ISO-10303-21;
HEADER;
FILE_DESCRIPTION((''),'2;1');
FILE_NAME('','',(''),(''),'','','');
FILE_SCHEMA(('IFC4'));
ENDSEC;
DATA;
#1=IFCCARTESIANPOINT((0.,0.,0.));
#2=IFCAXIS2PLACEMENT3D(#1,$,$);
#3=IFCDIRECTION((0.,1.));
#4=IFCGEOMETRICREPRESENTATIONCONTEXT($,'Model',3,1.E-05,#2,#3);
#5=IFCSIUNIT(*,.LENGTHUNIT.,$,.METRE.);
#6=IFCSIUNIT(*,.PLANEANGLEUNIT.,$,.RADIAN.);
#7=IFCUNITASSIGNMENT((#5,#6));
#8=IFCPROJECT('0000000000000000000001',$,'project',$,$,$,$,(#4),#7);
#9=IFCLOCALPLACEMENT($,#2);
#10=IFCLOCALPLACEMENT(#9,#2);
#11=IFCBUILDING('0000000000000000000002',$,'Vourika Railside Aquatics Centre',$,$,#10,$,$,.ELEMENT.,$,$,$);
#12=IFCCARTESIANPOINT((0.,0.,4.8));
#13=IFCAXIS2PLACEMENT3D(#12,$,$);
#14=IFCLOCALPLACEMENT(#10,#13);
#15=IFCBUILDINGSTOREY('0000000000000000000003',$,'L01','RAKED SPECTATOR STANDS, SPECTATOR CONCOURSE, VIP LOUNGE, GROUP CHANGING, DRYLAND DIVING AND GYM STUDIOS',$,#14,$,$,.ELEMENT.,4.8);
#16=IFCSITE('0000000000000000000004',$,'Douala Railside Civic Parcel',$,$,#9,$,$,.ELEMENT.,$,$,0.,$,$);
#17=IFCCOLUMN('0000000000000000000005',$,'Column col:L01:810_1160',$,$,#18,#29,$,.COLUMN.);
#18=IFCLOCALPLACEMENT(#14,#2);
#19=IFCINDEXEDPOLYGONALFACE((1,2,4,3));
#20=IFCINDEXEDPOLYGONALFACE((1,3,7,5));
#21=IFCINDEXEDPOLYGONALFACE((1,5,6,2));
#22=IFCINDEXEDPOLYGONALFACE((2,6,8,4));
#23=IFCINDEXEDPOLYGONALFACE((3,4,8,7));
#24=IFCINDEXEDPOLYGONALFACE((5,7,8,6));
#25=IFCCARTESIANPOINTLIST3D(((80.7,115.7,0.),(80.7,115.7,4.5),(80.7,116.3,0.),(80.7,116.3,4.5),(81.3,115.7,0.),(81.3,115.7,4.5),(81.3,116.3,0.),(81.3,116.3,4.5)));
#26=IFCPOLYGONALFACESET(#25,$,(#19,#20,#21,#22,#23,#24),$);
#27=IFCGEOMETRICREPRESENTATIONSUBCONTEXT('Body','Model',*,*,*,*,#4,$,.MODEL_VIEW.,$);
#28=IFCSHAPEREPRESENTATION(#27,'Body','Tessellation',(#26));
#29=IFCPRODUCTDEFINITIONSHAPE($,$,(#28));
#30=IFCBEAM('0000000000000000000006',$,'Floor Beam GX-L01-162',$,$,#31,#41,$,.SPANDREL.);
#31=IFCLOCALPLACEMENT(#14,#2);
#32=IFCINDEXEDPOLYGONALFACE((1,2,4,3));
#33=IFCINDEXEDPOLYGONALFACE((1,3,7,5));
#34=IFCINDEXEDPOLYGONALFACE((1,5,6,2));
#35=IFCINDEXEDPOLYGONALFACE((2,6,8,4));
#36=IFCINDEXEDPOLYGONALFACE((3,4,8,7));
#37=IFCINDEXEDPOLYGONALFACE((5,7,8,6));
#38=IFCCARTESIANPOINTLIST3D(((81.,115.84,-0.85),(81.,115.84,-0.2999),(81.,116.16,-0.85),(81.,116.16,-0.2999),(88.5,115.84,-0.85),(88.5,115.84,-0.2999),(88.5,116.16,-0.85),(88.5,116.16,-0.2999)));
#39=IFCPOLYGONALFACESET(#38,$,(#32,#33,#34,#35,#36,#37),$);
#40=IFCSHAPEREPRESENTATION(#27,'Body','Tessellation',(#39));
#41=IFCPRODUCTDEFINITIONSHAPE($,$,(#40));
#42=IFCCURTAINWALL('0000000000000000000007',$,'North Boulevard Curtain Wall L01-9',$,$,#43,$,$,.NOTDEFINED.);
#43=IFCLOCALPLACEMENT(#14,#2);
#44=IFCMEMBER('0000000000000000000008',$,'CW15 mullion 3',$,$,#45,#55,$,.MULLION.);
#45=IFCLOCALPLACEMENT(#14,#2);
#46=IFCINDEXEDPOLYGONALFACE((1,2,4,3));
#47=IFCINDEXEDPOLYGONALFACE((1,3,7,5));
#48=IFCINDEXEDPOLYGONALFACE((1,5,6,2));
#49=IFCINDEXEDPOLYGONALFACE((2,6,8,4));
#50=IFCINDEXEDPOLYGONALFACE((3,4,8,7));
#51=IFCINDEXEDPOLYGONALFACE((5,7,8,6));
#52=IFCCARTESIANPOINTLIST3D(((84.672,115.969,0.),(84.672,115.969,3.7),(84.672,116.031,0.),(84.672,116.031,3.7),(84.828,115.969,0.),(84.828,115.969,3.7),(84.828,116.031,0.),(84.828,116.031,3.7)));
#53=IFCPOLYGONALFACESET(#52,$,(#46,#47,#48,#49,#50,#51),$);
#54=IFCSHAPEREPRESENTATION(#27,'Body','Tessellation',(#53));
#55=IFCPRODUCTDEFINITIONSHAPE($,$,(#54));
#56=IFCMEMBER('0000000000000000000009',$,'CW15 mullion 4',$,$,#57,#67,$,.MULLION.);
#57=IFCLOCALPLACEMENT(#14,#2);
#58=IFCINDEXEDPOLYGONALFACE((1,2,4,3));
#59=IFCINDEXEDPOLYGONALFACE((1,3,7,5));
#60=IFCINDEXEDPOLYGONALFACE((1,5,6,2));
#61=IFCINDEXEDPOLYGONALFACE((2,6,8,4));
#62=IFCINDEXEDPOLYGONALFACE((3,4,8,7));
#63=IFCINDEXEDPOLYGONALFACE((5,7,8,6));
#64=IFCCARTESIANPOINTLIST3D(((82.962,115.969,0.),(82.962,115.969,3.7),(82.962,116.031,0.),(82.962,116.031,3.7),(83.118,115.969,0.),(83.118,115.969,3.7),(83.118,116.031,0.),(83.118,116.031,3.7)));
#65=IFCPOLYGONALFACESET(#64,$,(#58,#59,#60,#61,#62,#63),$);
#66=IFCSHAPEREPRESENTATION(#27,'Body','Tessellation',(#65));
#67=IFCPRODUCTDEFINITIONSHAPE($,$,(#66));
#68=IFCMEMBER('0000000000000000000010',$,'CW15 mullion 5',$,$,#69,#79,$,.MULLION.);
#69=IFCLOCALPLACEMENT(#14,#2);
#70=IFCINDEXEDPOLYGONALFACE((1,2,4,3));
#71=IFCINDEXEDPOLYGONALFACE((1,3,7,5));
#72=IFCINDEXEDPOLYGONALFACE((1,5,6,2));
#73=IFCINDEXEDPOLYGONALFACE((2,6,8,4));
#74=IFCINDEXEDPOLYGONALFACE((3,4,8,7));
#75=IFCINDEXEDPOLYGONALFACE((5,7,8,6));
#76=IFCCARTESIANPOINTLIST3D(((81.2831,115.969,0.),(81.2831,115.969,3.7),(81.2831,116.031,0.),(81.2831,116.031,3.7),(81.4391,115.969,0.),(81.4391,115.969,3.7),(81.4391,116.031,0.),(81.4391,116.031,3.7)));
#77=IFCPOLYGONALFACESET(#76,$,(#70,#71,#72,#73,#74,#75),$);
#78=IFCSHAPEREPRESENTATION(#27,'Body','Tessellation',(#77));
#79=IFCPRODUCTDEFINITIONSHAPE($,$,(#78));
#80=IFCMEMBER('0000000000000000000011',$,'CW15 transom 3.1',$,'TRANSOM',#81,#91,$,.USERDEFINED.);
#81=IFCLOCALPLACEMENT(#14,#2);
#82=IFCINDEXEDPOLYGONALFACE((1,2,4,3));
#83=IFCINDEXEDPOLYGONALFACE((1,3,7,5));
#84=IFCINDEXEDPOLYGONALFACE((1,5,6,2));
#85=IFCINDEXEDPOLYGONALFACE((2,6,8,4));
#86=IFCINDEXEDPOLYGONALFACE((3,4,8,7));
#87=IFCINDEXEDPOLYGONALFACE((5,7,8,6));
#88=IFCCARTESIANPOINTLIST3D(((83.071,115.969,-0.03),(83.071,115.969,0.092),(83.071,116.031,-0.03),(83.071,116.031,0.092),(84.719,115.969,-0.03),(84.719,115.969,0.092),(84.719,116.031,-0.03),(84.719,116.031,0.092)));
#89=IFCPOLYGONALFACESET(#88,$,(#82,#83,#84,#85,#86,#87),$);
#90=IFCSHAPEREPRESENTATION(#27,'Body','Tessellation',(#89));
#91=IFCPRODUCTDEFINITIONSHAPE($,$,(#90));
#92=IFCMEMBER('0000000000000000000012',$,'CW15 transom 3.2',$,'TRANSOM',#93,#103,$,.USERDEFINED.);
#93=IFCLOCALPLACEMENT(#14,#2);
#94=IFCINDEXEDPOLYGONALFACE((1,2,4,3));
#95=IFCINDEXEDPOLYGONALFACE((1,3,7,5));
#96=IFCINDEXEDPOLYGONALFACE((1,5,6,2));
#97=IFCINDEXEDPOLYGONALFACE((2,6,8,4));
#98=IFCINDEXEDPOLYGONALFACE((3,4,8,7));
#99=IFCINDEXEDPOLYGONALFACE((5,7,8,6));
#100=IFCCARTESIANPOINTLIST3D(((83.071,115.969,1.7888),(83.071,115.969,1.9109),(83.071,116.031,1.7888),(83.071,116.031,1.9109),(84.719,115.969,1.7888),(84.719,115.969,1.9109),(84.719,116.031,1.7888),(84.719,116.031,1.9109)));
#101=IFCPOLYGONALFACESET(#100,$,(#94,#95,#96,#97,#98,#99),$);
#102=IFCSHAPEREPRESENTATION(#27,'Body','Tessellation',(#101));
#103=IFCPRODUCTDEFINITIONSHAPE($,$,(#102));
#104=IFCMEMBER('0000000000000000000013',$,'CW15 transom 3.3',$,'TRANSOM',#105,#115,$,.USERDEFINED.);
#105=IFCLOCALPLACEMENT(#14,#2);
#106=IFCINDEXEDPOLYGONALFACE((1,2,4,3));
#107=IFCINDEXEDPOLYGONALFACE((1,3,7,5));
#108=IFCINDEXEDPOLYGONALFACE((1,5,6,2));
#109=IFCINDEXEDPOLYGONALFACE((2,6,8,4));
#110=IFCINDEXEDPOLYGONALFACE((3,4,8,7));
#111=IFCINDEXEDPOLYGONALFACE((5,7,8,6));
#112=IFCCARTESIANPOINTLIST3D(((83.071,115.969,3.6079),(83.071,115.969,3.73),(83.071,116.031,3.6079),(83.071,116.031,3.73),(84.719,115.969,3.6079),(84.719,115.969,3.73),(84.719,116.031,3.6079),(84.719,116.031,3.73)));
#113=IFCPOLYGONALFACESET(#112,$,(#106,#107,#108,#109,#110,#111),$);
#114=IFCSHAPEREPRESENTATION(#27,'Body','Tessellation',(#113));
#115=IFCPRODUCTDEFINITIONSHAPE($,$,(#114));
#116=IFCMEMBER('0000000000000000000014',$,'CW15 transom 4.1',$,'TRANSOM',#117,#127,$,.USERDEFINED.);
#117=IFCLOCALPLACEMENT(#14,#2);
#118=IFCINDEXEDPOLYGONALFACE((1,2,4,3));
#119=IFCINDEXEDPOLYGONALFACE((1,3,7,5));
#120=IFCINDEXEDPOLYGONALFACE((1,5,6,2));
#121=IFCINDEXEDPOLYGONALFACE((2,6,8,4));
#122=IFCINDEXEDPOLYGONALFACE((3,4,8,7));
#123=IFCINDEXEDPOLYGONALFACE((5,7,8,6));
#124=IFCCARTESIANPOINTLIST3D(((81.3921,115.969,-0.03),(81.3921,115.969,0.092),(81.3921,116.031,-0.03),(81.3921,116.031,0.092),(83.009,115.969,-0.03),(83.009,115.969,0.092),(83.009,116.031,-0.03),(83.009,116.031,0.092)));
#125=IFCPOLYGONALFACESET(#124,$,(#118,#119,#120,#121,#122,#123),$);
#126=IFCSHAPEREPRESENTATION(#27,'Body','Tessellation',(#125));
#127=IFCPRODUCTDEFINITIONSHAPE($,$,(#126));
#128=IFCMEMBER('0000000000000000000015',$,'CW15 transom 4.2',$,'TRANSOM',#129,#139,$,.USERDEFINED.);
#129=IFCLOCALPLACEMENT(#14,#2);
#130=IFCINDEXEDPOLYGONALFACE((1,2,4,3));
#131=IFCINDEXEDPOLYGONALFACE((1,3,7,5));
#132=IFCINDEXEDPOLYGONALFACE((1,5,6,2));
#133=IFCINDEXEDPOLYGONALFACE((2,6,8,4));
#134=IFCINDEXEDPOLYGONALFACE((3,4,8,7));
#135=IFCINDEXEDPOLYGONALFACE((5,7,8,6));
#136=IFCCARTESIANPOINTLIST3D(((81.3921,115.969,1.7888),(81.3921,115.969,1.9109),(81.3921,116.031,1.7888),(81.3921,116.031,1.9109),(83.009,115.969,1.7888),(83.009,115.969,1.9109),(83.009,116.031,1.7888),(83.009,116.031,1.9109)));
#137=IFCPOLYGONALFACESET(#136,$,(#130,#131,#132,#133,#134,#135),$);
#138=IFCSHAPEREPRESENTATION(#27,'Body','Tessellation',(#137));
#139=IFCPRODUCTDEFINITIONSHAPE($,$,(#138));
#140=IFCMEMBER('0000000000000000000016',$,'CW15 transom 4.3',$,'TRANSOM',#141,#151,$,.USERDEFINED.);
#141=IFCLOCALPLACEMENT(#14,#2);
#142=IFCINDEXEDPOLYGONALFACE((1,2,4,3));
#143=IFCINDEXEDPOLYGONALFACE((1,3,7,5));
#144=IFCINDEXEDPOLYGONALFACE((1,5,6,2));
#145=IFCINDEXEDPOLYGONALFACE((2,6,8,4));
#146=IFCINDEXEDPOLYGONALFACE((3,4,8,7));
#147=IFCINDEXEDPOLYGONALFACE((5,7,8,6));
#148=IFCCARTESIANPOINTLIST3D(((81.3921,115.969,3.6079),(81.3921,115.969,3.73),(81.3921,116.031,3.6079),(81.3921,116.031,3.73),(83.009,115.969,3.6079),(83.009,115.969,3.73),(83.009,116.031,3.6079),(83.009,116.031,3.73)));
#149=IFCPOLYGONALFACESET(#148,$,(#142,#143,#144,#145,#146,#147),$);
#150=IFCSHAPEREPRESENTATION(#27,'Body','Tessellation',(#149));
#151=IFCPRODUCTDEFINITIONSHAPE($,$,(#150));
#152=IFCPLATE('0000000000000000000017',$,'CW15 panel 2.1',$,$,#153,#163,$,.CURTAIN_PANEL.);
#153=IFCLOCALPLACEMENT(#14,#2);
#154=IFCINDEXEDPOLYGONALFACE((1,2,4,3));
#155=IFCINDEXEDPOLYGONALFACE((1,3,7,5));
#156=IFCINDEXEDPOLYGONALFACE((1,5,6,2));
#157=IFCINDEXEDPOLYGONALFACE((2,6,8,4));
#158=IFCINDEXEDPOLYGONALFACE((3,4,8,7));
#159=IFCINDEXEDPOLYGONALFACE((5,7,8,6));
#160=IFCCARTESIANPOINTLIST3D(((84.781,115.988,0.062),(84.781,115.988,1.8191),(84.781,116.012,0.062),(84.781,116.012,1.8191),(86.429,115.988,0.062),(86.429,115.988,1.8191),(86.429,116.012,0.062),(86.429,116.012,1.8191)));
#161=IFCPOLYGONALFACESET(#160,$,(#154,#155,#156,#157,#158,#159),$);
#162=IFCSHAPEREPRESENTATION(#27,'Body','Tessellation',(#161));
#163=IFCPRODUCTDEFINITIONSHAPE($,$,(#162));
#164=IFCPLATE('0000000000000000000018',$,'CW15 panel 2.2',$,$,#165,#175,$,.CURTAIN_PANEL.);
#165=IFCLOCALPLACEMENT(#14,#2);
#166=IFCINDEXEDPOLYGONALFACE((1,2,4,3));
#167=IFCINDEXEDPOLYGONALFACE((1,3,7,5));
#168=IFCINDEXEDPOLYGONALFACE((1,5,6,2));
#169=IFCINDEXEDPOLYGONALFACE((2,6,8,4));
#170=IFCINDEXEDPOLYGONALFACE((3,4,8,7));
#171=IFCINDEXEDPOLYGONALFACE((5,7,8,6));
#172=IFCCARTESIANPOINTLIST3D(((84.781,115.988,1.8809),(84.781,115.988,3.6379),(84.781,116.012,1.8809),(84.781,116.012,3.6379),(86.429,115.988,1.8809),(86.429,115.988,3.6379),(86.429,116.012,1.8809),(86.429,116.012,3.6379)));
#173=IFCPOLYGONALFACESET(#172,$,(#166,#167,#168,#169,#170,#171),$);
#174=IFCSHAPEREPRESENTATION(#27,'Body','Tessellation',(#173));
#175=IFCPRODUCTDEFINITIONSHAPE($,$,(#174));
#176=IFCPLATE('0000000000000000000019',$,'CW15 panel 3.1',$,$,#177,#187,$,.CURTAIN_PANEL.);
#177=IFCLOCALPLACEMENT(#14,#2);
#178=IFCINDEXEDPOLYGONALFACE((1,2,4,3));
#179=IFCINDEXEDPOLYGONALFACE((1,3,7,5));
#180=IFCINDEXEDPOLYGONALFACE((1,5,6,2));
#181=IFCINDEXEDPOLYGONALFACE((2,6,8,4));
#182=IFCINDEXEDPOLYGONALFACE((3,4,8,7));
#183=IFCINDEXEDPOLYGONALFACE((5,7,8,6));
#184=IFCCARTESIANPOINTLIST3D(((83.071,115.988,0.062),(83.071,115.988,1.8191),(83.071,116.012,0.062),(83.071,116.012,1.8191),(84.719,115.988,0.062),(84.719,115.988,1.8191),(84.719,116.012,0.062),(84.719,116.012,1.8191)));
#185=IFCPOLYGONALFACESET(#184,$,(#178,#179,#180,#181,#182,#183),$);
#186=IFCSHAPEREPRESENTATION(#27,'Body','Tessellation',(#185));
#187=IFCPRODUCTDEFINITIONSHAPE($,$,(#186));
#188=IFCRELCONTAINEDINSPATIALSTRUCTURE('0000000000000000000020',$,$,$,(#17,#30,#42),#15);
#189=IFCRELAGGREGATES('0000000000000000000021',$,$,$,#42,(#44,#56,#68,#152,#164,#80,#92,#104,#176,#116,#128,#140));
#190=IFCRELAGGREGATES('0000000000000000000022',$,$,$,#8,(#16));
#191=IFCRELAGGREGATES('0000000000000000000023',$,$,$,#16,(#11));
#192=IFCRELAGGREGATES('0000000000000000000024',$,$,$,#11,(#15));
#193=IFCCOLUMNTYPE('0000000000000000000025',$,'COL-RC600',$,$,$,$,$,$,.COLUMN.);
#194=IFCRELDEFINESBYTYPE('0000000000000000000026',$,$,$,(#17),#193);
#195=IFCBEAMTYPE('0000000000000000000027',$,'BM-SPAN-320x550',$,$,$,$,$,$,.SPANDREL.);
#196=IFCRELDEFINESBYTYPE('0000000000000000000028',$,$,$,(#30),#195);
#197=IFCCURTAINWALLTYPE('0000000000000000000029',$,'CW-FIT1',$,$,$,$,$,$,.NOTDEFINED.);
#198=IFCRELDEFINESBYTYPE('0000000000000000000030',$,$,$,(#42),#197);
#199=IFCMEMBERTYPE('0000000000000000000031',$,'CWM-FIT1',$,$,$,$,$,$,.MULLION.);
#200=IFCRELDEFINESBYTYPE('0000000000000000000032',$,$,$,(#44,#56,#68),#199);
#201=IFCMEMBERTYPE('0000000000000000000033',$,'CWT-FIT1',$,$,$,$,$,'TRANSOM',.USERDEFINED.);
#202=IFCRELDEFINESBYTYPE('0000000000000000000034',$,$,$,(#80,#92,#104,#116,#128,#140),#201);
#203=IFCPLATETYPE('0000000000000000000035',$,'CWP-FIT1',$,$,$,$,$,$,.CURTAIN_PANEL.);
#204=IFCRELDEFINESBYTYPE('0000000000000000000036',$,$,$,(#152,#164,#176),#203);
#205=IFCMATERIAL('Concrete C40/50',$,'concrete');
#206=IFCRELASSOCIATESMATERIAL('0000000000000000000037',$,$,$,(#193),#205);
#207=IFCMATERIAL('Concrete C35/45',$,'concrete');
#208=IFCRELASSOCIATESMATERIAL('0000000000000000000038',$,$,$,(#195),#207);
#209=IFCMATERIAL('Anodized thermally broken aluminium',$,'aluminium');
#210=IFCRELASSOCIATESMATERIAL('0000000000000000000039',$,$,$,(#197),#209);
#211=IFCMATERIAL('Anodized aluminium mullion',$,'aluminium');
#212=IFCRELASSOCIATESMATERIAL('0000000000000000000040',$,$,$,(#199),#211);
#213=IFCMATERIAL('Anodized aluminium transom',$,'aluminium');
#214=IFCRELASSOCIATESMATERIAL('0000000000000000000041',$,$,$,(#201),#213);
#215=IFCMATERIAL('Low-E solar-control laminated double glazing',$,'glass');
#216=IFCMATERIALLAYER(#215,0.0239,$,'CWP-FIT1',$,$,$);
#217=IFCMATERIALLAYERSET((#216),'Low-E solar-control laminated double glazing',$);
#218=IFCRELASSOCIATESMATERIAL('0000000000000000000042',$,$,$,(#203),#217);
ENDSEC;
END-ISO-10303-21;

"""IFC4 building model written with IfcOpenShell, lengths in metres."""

from ifc_helpers import new_model, si_unit, direction, frame, origin, origin_2d, place, context, subcontext, project, spatial, rectangle, extrude, material, layer, layer_set, material_profile, profile_set, type_object, element, aggregate, save


model = new_model("IFC4")

# Units and contexts
model_context = context("Model", 3, precision=1e-05, world=origin(), true_north=direction((0.0, 1.0)))
body_context = subcontext(model_context, "Body", "Model", "MODEL_VIEW")
ifc_project = project(units=[si_unit("LENGTHUNIT", "METRE"), si_unit("PLANEANGLEUNIT", "RADIAN")], contexts=[model_context])

# Site, building, storey
site_placement = place(None, origin())
site = spatial("IfcSite", under=ifc_project, at=site_placement, Name="Douala Railside Civic Parcel", CompositionType="ELEMENT", RefElevation=0.0)
building_placement = place(site_placement, origin())
building = spatial("IfcBuilding", under=site, at=building_placement, Name="Vourika Railside Aquatics Centre", CompositionType="ELEMENT")
storey_placement = place(building_placement, frame((0.0, 0.0, 4.8)))
storey = spatial("IfcBuildingStorey", under=building, at=storey_placement, Name="L01", Description="RAKED SPECTATOR STANDS, SPECTATOR CONCOURSE, VIP LOUNGE, GROUP CHANGING, DRYLAND DIVING AND GYM STUDIOS", CompositionType="ELEMENT", Elevation=4.8)

# Column
ifc_material_1 = material(Name="Concrete C40/50", Category="concrete")
ifc_material_profile_1 = material_profile(ifc_material_1, rectangle(XDim=0.6001, YDim=0.6001, at=origin_2d()), Name="RC 600x600")
ifc_profile_set_1 = profile_set([ifc_material_profile_1], Name="Concrete C40/50")
column_type = type_object("IfcColumnType", Name="COL-RC600", PredefinedType="COLUMN", material=ifc_profile_set_1)
column_placement = place(storey_placement, frame((81.0, 116.0, 0.0), z_axis=(0.0, 0.0, 1.0), x_axis=(1.0, 0.0, 0.0)))
element("IfcColumn", 1, at=column_placement, inside=storey, type_object=column_type, Name="Column col:L01:810_1160", PredefinedType="COLUMN", context=body_context, shape_type="SweptSolid", body=[
    extrude(rectangle(XDim=0.6001, YDim=0.6001, at=origin_2d()), origin(), (0.0, 0.0, 1.0), 4.5),
])

# Beam
ifc_material_2 = material(Name="Concrete C35/45", Category="concrete")
ifc_material_profile_2 = material_profile(ifc_material_2, rectangle(XDim=0.3201, YDim=0.55, at=origin_2d()), Name="RC 320x550")
ifc_profile_set_2 = profile_set([ifc_material_profile_2], Name="Concrete C35/45")
beam_type = type_object("IfcBeamType", Name="BM-SPAN-320x550", PredefinedType="SPANDREL", material=ifc_profile_set_2)
beam_placement = place(storey_placement, frame((81.0, 116.0, -0.575), z_axis=(1.0, 0.0, 0.0), x_axis=(0.0, 1.0, 0.0)))
element("IfcBeam", 2, at=beam_placement, inside=storey, type_object=beam_type, Name="Floor Beam GX-L01-162", PredefinedType="SPANDREL", context=body_context, shape_type="SweptSolid", body=[
    extrude(rectangle(XDim=0.3201, YDim=0.55, at=origin_2d()), origin(), (0.0, 0.0, 1.0), 7.5),
])

# Curtain wall, members, plates
ifc_material_3 = material(Name="Anodized thermally broken aluminium", Category="aluminium")
curtain_wall_type = type_object("IfcCurtainWallType", Name="CW-FIT1", PredefinedType="NOTDEFINED", material=ifc_material_3)
curtain_wall_placement = place(storey_placement, origin())
curtain_wall = element("IfcCurtainWall", 3, at=curtain_wall_placement, inside=storey, type_object=curtain_wall_type, Name="North Boulevard Curtain Wall L01-9", PredefinedType="NOTDEFINED")
ifc_material_4 = material(Name="Anodized aluminium mullion", Category="aluminium")
ifc_material_profile_3 = material_profile(ifc_material_4, rectangle(XDim=0.062, YDim=0.156, at=origin_2d()), Name="ALU-M 62x156")
ifc_profile_set_3 = profile_set([ifc_material_profile_3], Name="Anodized aluminium mullion")
member_type_1 = type_object("IfcMemberType", Name="CWM-FIT1", PredefinedType="MULLION", material=ifc_profile_set_3)
member_1_placement = place(storey_placement, frame((84.75, 116.0, 0.0), z_axis=(0.0, 0.0, 1.0), x_axis=(0.0, -1.0, 0.0)))
member_1 = element("IfcMember", 4, at=member_1_placement, type_object=member_type_1, Name="CW15 mullion 3", PredefinedType="MULLION", context=body_context, shape_type="SweptSolid", body=[
    extrude(rectangle(XDim=0.062, YDim=0.156, at=origin_2d()), origin(), (0.0, 0.0, 1.0), 3.7),
])
member_2_placement = place(storey_placement, frame((83.04, 116.0, 0.0), z_axis=(0.0, 0.0, 1.0), x_axis=(0.0, -1.0, 0.0)))
member_2 = element("IfcMember", 5, at=member_2_placement, type_object=member_type_1, Name="CW15 mullion 4", PredefinedType="MULLION", context=body_context, shape_type="SweptSolid", body=[
    extrude(rectangle(XDim=0.062, YDim=0.156, at=origin_2d()), origin(), (0.0, 0.0, 1.0), 3.7),
])
member_3_placement = place(storey_placement, frame((81.3611, 116.0, 0.0), z_axis=(0.0, 0.0, 1.0), x_axis=(0.0, -1.0, 0.0)))
member_3 = element("IfcMember", 6, at=member_3_placement, type_object=member_type_1, Name="CW15 mullion 5", PredefinedType="MULLION", context=body_context, shape_type="SweptSolid", body=[
    extrude(rectangle(XDim=0.062, YDim=0.156, at=origin_2d()), origin(), (0.0, 0.0, 1.0), 3.7),
])
ifc_material_5 = material(Name="Anodized aluminium transom", Category="aluminium")
ifc_material_profile_4 = material_profile(ifc_material_5, rectangle(XDim=0.062, YDim=0.1221, at=origin_2d()), Name="ALU-T 62x122")
ifc_profile_set_4 = profile_set([ifc_material_profile_4], Name="Anodized aluminium transom")
member_type_2 = type_object("IfcMemberType", Name="CWT-FIT1", ElementType="TRANSOM", PredefinedType="USERDEFINED", material=ifc_profile_set_4)
member_4_placement = place(storey_placement, frame((84.719, 116.0, 0.031), z_axis=(-1.0, 0.0, 0.0), x_axis=(0.0, -1.0, 0.0)))
member_4 = element("IfcMember", 7, at=member_4_placement, type_object=member_type_2, Name="CW15 transom 3.1", ObjectType="TRANSOM", PredefinedType="USERDEFINED", context=body_context, shape_type="SweptSolid", body=[
    extrude(rectangle(XDim=0.062, YDim=0.1221, at=origin_2d()), origin(), (0.0, 0.0, 1.0), 1.6479),
])
member_5_placement = place(storey_placement, frame((84.719, 116.0, 1.8499), z_axis=(-1.0, 0.0, 0.0), x_axis=(0.0, -1.0, 0.0)))
member_5 = element("IfcMember", 8, at=member_5_placement, type_object=member_type_2, Name="CW15 transom 3.2", ObjectType="TRANSOM", PredefinedType="USERDEFINED", context=body_context, shape_type="SweptSolid", body=[
    extrude(rectangle(XDim=0.062, YDim=0.1221, at=origin_2d()), origin(), (0.0, 0.0, 1.0), 1.6479),
])
member_6_placement = place(storey_placement, frame((84.719, 116.0, 3.6689), z_axis=(-1.0, 0.0, 0.0), x_axis=(0.0, -1.0, 0.0)))
member_6 = element("IfcMember", 9, at=member_6_placement, type_object=member_type_2, Name="CW15 transom 3.3", ObjectType="TRANSOM", PredefinedType="USERDEFINED", context=body_context, shape_type="SweptSolid", body=[
    extrude(rectangle(XDim=0.062, YDim=0.1221, at=origin_2d()), origin(), (0.0, 0.0, 1.0), 1.6479),
])
member_7_placement = place(storey_placement, frame((83.009, 116.0, 0.031), z_axis=(-1.0, 0.0, 0.0), x_axis=(0.0, -1.0, 0.0)))
member_7 = element("IfcMember", 10, at=member_7_placement, type_object=member_type_2, Name="CW15 transom 4.1", ObjectType="TRANSOM", PredefinedType="USERDEFINED", context=body_context, shape_type="SweptSolid", body=[
    extrude(rectangle(XDim=0.062, YDim=0.1221, at=origin_2d()), origin(), (0.0, 0.0, 1.0), 1.6169),
])
member_8_placement = place(storey_placement, frame((83.009, 116.0, 1.8499), z_axis=(-1.0, 0.0, 0.0), x_axis=(0.0, -1.0, 0.0)))
member_8 = element("IfcMember", 11, at=member_8_placement, type_object=member_type_2, Name="CW15 transom 4.2", ObjectType="TRANSOM", PredefinedType="USERDEFINED", context=body_context, shape_type="SweptSolid", body=[
    extrude(rectangle(XDim=0.062, YDim=0.1221, at=origin_2d()), origin(), (0.0, 0.0, 1.0), 1.6169),
])
member_9_placement = place(storey_placement, frame((83.009, 116.0, 3.6689), z_axis=(-1.0, 0.0, 0.0), x_axis=(0.0, -1.0, 0.0)))
member_9 = element("IfcMember", 12, at=member_9_placement, type_object=member_type_2, Name="CW15 transom 4.3", ObjectType="TRANSOM", PredefinedType="USERDEFINED", context=body_context, shape_type="SweptSolid", body=[
    extrude(rectangle(XDim=0.062, YDim=0.1221, at=origin_2d()), origin(), (0.0, 0.0, 1.0), 1.6169),
])
ifc_material_6 = material(Name="Low-E solar-control laminated double glazing", Category="glass")
ifc_layer_1 = layer(ifc_material_6, 0.0239, Name="CWP-FIT1")
ifc_layer_set_1 = layer_set([ifc_layer_1], Name="Low-E solar-control laminated double glazing")
plate_type = type_object("IfcPlateType", Name="CWP-FIT1", PredefinedType="CURTAIN_PANEL", material=ifc_layer_set_1)
plate_1_placement = place(storey_placement, frame((85.605, 116.0, 0.062), z_axis=(0.0, 0.0, 1.0), x_axis=(-1.0, 0.0, 0.0)))
plate_1 = element("IfcPlate", 13, at=plate_1_placement, type_object=plate_type, Name="CW15 panel 2.1", PredefinedType="CURTAIN_PANEL", context=body_context, shape_type="SweptSolid", body=[
    extrude(rectangle(XDim=1.6479, YDim=0.0239, at=origin_2d()), origin(), (0.0, 0.0, 1.0), 1.7571),
])
plate_2_placement = place(storey_placement, frame((85.605, 116.0, 1.8809), z_axis=(0.0, 0.0, 1.0), x_axis=(-1.0, 0.0, 0.0)))
plate_2 = element("IfcPlate", 14, at=plate_2_placement, type_object=plate_type, Name="CW15 panel 2.2", PredefinedType="CURTAIN_PANEL", context=body_context, shape_type="SweptSolid", body=[
    extrude(rectangle(XDim=1.6479, YDim=0.0239, at=origin_2d()), origin(), (0.0, 0.0, 1.0), 1.7571),
])
plate_3_placement = place(storey_placement, frame((83.895, 116.0, 0.062), z_axis=(0.0, 0.0, 1.0), x_axis=(-1.0, 0.0, 0.0)))
plate_3 = element("IfcPlate", 15, at=plate_3_placement, type_object=plate_type, Name="CW15 panel 3.1", PredefinedType="CURTAIN_PANEL", context=body_context, shape_type="SweptSolid", body=[
    extrude(rectangle(XDim=1.6479, YDim=0.0239, at=origin_2d()), origin(), (0.0, 0.0, 1.0), 1.7571),
])
aggregate(curtain_wall, [member_1, member_2, member_3, plate_1, plate_2, member_4, member_5, member_6, plate_3, member_7, member_8, member_9])

save(model, "model.ifc")
